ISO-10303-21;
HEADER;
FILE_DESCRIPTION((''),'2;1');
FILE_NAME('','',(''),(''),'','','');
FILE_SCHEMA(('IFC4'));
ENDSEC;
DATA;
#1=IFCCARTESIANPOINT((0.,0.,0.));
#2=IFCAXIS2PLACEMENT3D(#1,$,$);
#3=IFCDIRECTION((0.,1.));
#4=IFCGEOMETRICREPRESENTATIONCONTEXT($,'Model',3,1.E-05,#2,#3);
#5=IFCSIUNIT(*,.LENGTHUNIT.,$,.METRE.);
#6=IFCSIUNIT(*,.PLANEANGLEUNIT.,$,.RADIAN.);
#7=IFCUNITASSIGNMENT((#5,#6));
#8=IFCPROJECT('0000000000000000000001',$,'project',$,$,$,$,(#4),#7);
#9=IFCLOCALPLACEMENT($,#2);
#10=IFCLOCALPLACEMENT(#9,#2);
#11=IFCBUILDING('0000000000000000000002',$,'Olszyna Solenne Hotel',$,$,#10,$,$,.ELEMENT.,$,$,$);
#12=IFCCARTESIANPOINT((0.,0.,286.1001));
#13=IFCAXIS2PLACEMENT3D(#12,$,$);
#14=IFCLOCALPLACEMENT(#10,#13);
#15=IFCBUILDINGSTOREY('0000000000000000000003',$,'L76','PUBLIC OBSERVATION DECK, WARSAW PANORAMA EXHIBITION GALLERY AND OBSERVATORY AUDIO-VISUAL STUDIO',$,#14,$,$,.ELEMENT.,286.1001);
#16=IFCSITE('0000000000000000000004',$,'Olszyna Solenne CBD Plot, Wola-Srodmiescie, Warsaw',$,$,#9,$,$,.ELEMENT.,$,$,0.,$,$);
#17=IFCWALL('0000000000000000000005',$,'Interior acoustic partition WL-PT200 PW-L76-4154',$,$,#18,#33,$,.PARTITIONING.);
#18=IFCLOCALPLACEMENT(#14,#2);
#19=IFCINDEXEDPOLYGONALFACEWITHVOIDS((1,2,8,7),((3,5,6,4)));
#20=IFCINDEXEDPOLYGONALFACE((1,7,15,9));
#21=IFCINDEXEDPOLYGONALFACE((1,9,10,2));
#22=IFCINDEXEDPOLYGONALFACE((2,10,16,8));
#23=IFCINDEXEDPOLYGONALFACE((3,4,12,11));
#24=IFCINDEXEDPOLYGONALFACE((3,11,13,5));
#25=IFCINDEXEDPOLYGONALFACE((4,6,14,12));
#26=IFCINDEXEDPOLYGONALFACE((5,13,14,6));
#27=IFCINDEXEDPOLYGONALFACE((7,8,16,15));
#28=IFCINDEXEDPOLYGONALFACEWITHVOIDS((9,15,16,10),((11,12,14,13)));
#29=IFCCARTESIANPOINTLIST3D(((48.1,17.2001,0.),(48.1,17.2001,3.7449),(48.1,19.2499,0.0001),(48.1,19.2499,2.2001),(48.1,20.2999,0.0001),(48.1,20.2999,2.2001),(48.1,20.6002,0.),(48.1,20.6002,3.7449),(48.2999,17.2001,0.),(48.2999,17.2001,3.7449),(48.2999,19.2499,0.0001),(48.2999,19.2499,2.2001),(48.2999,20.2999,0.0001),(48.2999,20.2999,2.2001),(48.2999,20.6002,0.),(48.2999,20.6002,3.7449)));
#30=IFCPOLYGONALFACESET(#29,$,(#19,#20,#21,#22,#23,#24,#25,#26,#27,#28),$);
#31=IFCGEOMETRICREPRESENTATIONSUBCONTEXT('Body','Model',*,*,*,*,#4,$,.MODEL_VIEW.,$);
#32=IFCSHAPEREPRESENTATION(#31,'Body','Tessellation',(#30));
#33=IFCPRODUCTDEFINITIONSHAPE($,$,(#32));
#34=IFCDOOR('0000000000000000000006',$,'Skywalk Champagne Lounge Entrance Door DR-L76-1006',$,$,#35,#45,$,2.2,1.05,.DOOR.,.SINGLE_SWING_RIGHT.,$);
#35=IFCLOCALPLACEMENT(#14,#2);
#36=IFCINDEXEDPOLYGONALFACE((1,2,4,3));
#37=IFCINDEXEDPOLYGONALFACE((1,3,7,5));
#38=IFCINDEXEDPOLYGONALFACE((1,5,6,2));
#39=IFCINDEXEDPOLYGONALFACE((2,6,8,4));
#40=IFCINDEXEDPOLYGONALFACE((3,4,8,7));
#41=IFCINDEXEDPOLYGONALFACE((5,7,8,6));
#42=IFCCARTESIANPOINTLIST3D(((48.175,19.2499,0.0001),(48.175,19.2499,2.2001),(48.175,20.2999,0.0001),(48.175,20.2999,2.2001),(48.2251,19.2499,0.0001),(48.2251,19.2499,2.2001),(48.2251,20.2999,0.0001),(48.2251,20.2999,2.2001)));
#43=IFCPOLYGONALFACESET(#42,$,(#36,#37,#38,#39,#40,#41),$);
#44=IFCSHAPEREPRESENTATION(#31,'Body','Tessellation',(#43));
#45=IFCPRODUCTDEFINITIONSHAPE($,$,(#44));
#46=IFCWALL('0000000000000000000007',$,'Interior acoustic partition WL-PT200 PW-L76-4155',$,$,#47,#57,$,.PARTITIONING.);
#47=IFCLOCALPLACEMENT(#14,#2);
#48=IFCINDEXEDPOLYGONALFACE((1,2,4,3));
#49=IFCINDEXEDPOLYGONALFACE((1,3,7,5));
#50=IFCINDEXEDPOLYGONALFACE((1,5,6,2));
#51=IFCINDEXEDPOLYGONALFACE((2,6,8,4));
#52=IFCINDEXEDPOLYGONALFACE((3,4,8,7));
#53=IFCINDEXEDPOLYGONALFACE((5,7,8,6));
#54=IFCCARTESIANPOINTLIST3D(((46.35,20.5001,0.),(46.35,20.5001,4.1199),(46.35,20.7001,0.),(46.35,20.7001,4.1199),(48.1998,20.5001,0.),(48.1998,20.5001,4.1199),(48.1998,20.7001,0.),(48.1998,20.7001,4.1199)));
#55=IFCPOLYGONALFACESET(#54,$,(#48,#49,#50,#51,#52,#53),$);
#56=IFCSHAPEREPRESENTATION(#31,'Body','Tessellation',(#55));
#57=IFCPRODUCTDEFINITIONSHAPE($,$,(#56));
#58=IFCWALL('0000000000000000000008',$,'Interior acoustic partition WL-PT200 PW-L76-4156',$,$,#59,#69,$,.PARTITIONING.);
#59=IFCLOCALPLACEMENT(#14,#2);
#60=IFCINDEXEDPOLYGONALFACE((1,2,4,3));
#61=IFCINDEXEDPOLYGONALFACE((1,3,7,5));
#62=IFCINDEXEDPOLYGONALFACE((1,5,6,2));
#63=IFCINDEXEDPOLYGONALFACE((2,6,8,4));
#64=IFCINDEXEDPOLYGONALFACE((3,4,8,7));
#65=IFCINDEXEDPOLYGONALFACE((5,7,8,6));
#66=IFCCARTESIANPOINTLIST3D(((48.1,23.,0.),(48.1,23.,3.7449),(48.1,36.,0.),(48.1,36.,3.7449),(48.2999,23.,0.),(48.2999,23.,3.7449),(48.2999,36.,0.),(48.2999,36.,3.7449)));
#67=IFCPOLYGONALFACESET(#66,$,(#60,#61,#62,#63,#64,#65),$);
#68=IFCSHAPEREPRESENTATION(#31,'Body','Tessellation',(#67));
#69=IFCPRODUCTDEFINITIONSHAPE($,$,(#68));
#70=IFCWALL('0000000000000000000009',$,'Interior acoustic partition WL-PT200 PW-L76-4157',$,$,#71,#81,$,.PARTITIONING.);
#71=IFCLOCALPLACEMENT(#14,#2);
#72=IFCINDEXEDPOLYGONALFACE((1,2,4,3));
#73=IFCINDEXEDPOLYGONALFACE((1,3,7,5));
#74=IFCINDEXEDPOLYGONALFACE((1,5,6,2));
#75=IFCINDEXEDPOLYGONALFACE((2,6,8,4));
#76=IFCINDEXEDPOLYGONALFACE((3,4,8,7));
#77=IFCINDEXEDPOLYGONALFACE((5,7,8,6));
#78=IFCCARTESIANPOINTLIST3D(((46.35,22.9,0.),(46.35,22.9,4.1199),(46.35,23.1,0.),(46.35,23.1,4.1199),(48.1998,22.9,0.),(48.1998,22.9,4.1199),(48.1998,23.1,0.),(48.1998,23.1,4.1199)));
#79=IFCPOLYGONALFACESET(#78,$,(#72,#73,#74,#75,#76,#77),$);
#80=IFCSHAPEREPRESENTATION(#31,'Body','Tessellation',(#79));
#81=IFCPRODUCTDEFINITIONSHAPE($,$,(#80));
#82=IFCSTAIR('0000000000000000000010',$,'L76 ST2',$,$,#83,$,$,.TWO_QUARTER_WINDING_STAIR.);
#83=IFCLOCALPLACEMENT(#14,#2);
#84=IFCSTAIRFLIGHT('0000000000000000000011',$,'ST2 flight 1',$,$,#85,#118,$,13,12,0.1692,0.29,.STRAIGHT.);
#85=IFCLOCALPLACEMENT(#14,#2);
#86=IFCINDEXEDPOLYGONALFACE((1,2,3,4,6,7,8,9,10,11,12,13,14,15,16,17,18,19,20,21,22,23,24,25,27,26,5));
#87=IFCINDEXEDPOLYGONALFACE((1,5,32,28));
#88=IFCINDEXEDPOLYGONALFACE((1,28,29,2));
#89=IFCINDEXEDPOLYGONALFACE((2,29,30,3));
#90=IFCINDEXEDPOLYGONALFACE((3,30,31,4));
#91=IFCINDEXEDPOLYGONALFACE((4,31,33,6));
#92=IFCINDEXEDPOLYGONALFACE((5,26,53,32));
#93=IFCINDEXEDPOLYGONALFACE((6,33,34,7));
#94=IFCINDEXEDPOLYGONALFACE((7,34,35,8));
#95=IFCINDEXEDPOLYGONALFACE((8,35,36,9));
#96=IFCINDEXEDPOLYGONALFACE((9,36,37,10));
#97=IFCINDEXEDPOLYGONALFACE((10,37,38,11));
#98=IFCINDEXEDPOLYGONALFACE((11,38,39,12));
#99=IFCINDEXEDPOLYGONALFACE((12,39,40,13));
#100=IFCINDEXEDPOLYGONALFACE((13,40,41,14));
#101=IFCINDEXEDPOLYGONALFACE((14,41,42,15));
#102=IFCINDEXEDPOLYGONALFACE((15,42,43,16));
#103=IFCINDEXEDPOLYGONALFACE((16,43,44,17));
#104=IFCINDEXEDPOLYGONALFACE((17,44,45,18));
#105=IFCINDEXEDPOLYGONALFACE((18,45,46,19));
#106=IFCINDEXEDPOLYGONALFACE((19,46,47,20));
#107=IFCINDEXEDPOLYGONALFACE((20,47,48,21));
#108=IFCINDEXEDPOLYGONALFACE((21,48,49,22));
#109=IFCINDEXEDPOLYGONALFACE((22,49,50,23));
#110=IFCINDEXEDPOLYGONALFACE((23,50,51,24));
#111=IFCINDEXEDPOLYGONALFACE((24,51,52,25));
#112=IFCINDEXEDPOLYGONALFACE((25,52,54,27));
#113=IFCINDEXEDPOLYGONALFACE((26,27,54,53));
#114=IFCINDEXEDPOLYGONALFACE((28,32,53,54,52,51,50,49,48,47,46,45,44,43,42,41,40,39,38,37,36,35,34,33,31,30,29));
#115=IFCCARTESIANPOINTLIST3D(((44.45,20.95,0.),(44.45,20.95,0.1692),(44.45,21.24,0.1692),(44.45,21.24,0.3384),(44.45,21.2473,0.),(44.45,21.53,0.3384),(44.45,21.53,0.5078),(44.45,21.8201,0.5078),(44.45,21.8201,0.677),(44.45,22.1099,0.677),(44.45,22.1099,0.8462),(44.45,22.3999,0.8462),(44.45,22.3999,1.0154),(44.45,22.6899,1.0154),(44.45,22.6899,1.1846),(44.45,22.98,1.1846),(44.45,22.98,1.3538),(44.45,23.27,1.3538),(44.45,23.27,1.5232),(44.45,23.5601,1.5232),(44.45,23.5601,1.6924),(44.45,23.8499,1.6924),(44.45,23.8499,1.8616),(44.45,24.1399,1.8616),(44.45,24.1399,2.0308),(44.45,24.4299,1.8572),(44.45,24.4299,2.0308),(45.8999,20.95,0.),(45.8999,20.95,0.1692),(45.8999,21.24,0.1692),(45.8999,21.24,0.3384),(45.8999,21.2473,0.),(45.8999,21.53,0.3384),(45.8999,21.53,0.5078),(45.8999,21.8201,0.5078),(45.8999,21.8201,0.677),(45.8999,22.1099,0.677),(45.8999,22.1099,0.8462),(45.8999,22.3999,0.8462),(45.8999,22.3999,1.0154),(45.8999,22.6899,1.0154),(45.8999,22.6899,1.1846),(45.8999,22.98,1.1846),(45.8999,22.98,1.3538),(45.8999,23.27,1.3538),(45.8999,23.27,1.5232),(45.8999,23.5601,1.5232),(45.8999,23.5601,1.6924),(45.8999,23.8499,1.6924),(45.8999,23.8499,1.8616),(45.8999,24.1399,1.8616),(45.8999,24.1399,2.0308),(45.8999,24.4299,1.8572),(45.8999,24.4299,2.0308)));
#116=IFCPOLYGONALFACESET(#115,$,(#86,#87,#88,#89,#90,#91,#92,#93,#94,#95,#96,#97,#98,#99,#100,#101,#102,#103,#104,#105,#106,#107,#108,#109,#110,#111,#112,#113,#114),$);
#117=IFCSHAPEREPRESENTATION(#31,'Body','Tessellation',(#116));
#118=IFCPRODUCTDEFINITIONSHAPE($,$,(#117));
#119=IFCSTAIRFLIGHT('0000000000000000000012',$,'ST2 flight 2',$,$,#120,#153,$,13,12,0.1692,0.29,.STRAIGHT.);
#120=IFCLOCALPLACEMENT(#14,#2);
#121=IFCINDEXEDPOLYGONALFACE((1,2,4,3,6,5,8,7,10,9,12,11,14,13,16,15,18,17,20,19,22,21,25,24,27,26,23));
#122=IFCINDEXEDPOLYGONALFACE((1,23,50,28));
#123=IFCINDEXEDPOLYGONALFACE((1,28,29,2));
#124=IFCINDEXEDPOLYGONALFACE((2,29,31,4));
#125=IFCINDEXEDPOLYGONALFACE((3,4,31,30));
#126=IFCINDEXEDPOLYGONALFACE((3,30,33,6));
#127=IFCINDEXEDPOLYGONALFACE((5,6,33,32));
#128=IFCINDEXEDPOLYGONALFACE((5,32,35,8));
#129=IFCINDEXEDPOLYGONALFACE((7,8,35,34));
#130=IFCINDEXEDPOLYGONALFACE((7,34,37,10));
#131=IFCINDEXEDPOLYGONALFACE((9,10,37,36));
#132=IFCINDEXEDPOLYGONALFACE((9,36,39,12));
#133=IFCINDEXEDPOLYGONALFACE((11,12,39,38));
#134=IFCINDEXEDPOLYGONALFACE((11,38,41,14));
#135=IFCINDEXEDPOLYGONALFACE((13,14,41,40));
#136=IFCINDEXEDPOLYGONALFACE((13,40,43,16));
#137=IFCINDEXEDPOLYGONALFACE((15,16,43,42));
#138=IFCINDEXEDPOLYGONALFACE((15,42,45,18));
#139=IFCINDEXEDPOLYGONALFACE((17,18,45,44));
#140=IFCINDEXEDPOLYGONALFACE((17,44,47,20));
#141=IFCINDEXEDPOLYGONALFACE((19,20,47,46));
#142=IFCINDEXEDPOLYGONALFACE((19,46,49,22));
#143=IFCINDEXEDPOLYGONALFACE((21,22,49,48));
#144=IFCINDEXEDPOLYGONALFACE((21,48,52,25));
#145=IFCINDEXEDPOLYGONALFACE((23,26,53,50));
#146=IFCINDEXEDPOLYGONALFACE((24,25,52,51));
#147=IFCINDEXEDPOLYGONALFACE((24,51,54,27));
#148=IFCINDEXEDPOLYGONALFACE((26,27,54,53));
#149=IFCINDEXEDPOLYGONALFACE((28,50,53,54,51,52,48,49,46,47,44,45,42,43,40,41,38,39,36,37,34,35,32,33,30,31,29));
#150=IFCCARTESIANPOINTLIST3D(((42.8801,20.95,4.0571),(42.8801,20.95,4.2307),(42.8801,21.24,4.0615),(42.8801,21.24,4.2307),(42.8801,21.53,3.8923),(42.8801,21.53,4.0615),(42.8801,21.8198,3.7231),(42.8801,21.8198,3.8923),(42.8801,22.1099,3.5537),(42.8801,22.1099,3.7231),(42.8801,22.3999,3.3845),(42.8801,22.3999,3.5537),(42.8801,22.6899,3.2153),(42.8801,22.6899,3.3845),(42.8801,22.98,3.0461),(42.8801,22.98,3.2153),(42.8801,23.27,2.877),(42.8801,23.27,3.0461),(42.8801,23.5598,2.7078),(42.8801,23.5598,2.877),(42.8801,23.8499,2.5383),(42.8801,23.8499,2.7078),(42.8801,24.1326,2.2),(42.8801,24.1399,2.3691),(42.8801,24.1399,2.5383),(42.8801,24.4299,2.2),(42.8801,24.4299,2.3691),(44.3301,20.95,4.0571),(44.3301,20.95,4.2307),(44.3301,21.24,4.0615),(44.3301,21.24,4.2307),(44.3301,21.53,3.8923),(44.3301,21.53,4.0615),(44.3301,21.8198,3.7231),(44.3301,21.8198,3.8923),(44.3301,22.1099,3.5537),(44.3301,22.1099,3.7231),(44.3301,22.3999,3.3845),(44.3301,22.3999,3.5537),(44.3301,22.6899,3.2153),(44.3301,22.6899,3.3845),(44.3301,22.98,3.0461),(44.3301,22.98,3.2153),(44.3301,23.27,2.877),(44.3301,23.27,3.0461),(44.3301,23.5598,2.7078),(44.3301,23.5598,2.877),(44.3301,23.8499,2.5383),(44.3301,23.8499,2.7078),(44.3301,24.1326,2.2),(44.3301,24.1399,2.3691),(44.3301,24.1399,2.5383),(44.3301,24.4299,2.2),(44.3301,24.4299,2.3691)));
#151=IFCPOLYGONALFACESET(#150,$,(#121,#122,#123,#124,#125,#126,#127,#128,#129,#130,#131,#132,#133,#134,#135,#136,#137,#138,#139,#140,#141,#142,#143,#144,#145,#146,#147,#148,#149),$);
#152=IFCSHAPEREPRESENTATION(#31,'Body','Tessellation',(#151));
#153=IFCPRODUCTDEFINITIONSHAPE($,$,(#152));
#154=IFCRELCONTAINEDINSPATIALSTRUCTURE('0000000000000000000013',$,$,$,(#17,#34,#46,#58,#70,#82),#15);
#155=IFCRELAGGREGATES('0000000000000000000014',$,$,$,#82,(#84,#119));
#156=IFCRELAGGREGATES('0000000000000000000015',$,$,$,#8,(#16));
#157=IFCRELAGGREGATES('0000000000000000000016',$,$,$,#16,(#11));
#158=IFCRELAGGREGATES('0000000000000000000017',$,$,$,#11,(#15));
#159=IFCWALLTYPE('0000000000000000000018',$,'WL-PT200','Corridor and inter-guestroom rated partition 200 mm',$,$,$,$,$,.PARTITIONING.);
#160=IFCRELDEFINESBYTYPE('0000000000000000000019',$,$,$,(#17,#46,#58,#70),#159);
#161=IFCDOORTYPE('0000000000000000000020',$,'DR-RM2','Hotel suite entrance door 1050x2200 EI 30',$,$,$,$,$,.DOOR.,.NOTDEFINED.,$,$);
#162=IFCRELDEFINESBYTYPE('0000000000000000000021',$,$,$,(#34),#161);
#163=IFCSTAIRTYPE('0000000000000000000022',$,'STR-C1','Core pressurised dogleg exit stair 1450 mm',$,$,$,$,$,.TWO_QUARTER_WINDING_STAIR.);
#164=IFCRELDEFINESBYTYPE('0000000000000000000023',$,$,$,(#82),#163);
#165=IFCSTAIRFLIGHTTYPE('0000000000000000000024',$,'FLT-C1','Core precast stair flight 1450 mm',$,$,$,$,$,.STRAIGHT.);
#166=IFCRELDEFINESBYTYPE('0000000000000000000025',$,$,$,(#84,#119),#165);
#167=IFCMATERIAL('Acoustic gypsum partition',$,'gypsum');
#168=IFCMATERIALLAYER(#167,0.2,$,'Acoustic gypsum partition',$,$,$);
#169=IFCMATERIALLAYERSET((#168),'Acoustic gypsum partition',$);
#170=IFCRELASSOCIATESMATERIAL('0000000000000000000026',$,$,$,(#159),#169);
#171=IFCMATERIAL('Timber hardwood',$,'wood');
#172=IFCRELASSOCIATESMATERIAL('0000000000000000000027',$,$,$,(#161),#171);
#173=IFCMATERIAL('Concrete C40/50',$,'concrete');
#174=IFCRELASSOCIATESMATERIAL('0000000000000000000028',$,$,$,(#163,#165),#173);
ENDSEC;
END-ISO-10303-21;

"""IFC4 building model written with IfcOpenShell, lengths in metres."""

from ifc_helpers import new_model, si_unit, direction, frame, frame_2d, origin, place, context, subcontext, project, spatial, polyline, rectangle, outline, extrude, source, transform, mapped, material, layer, layer_set, type_object, type_shapes, element, fill, aggregate, save


model = new_model("IFC4")

# Units and contexts
model_context = context("Model", 3, precision=1e-05, world=origin(), true_north=direction((0.0, 1.0)))
body_context = subcontext(model_context, "Body", "Model", "MODEL_VIEW")
ifc_project = project(units=[si_unit("LENGTHUNIT", "METRE"), si_unit("PLANEANGLEUNIT", "RADIAN")], contexts=[model_context])

# Site, building, storey
site_placement = place(None, origin())
site = spatial("IfcSite", under=ifc_project, at=site_placement, Name="Olszyna Solenne CBD Plot, Wola-Srodmiescie, Warsaw", CompositionType="ELEMENT", RefElevation=0.0)
building_placement = place(site_placement, origin())
building = spatial("IfcBuilding", under=site, at=building_placement, Name="Olszyna Solenne Hotel", CompositionType="ELEMENT")
storey_placement = place(building_placement, frame((0.0, 0.0, 286.1001)))
storey = spatial("IfcBuildingStorey", under=building, at=storey_placement, Name="L76", Description="PUBLIC OBSERVATION DECK, WARSAW PANORAMA EXHIBITION GALLERY AND OBSERVATORY AUDIO-VISUAL STUDIO", CompositionType="ELEMENT", Elevation=286.1001)

# Shared definitions
ifc_material_1 = material(Name="Acoustic gypsum partition", Category="gypsum")

# Shared definitions
ifc_layer_1 = layer(ifc_material_1, 0.2, Name="Acoustic gypsum partition")
ifc_layer_set_1 = layer_set([ifc_layer_1], Name="Acoustic gypsum partition")
wall_type_1 = type_object("IfcWallType", Name="WL-PT200", Description="Corridor and inter-guestroom rated partition 200 mm", PredefinedType="PARTITIONING", material=ifc_layer_set_1)

# Wall, opening, door
wall_1_placement = place(storey_placement, frame((48.2, 17.2, 0.0), z_axis=(0.0, 0.0, 1.0), x_axis=(0.0, 1.0, 0.0)))
wall_1 = element("IfcWall", 1, at=wall_1_placement, inside=storey, type_object=wall_type_1, Name="Interior acoustic partition WL-PT200 PW-L76-4154", PredefinedType="PARTITIONING", context=body_context, shape_type="SweptSolid", body=[
    extrude(rectangle(XDim=3.4001, YDim=0.2, at=frame_2d((1.7002, 0.0))), origin(), (0.0, 0.0, 1.0), 3.7449),
])
opening_1_placement = place(wall_1_placement, frame((2.05, 0.0, 0.0)))
opening_1 = element("IfcOpeningElement", 2, at=opening_1_placement, cuts=wall_1, PredefinedType="OPENING", context=body_context, shape_type="SweptSolid", body=[
    extrude(rectangle(XDim=1.05, YDim=2.2, at=frame_2d((0.5249, 1.1001))), frame((0.0, 0.1099, 0.0), z_axis=(0.0, -1.0, 0.0), x_axis=(1.0, 0.0, 0.0)), (0.0, 0.0, 1.0), 0.22),
])
ifc_material_2 = material(Name="Timber hardwood", Category="wood")
door_type_1 = type_object("IfcDoorType", Name="DR-RM2", Description="Hotel suite entrance door 1050x2200 EI 30", OperationType="NOTDEFINED", PredefinedType="DOOR", material=ifc_material_2)
shared_shape_1 = source(origin(), body_context, "Body", "SweptSolid", [
    extrude(rectangle(XDim=1.05, YDim=2.2, at=frame_2d((0.5249, 1.1001))), frame((0.0, 0.0249, 0.0), z_axis=(0.0, -1.0, 0.0), x_axis=(1.0, 0.0, 0.0)), (0.0, 0.0, 1.0), 0.05),
])
type_shapes(door_type_1, [shared_shape_1])
door_1_placement = place(opening_1_placement, origin())
door_1 = element("IfcDoor", 3, at=door_1_placement, inside=storey, type_object=door_type_1, Name="Skywalk Champagne Lounge Entrance Door DR-L76-1006", OperationType="SINGLE_SWING_RIGHT", OverallHeight=2.2, OverallWidth=1.05, PredefinedType="DOOR", context=body_context, shape_type="MappedRepresentation", body=[
    mapped(shared_shape_1, transform((0.0, 0.0, 0.0), x_axis=(1.0, 0.0, 0.0), y_axis=(0.0, 1.0, 0.0), z_axis=(0.0, 0.0, 1.0), scale=1.0)),
])
fill(opening_1, door_1)

# Walls
wall_2_placement = place(storey_placement, frame((46.3501, 20.6001, 0.0), z_axis=(0.0, 0.0, 1.0), x_axis=(1.0, 0.0, 0.0)))
element("IfcWall", 4, at=wall_2_placement, inside=storey, type_object=wall_type_1, Name="Interior acoustic partition WL-PT200 PW-L76-4155", PredefinedType="PARTITIONING", context=body_context, shape_type="SweptSolid", body=[
    extrude(rectangle(XDim=1.8499, YDim=0.2, at=frame_2d((0.9248, 0.0))), origin(), (0.0, 0.0, 1.0), 4.1199),
])
wall_3_placement = place(storey_placement, frame((48.2, 23.0, 0.0), z_axis=(0.0, 0.0, 1.0), x_axis=(0.0, 1.0, 0.0)))
element("IfcWall", 5, at=wall_3_placement, inside=storey, type_object=wall_type_1, Name="Interior acoustic partition WL-PT200 PW-L76-4156", PredefinedType="PARTITIONING", context=body_context, shape_type="SweptSolid", body=[
    extrude(rectangle(XDim=13.0, YDim=0.2, at=frame_2d((6.5, 0.0))), origin(), (0.0, 0.0, 1.0), 3.7449),
])
wall_4_placement = place(storey_placement, frame((46.3501, 23.0, 0.0), z_axis=(0.0, 0.0, 1.0), x_axis=(1.0, 0.0, 0.0)))
element("IfcWall", 6, at=wall_4_placement, inside=storey, type_object=wall_type_1, Name="Interior acoustic partition WL-PT200 PW-L76-4157", PredefinedType="PARTITIONING", context=body_context, shape_type="SweptSolid", body=[
    extrude(rectangle(XDim=1.8499, YDim=0.2, at=frame_2d((0.9248, 0.0))), origin(), (0.0, 0.0, 1.0), 4.1199),
])

# Stair, stair flights
ifc_material_3 = material(Name="Concrete C40/50", Category="concrete")
stair_type = type_object("IfcStairType", Name="STR-C1", Description="Core pressurised dogleg exit stair 1450 mm", PredefinedType="TWO_QUARTER_WINDING_STAIR", material=ifc_material_3)
stair_placement = place(storey_placement, origin())
stair = element("IfcStair", 7, at=stair_placement, inside=storey, type_object=stair_type, Name="L76 ST2", PredefinedType="TWO_QUARTER_WINDING_STAIR")
stair_flight_type = type_object("IfcStairFlightType", Name="FLT-C1", Description="Core precast stair flight 1450 mm", PredefinedType="STRAIGHT", material=ifc_material_3)
stair_flight_1_placement = place(storey_placement, frame((45.175, 20.95, 0.0), z_axis=(0.0, 0.0, 1.0), x_axis=(0.0, 1.0, 0.0)))
stair_flight_1 = element("IfcStairFlight", 8, at=stair_flight_1_placement, type_object=stair_flight_type, Name="ST2 flight 1", NumberOfRisers=13, NumberOfTreads=12, PredefinedType="STRAIGHT", RiserHeight=0.1692, TreadLength=0.29, context=body_context, shape_type="SweptSolid", body=[
    extrude(outline(polyline([(0.0, 0.0), (0.0, 0.1692), (0.29, 0.1692), (0.29, 0.3384), (0.5801, 0.3384), (0.5801, 0.5078), (0.8701, 0.5078), (0.8701, 0.677), (1.1599, 0.677), (1.1599, 0.8462), (1.45, 0.8462), (1.45, 1.0154), (1.74, 1.0154), (1.74, 1.1846), (2.03, 1.1846), (2.03, 1.3538), (2.3201, 1.3538), (2.3201, 1.5232), (2.6101, 1.5232), (2.6101, 1.6924), (2.8999, 1.6924), (2.8999, 1.8616), (3.1899, 1.8616), (3.1899, 2.0308), (3.48, 2.0308), (3.48, 2.2), (3.48, 1.8572), (0.2974, 0.0), (0.0, 0.0)])), frame((0.0, 0.7251, 0.0), z_axis=(0.0, -1.0, 0.0), x_axis=(1.0, 0.0, 0.0)), (0.0, 0.0, 1.0), 1.45),
])
stair_flight_2_placement = place(storey_placement, frame((43.605, 24.4299, 2.2), z_axis=(0.0, 0.0, 1.0), x_axis=(0.0, -1.0, 0.0)))
stair_flight_2 = element("IfcStairFlight", 9, at=stair_flight_2_placement, type_object=stair_flight_type, Name="ST2 flight 2", NumberOfRisers=13, NumberOfTreads=12, PredefinedType="STRAIGHT", RiserHeight=0.1692, TreadLength=0.29, context=body_context, shape_type="SweptSolid", body=[
    extrude(outline(polyline([(0.0, 0.0), (0.0, 0.1692), (0.29, 0.1692), (0.29, 0.3384), (0.5801, 0.3384), (0.5801, 0.5078), (0.8701, 0.5078), (0.8701, 0.677), (1.1599, 0.677), (1.1599, 0.8462), (1.45, 0.8462), (1.45, 1.0154), (1.74, 1.0154), (1.74, 1.1846), (2.03, 1.1846), (2.03, 1.3538), (2.3201, 1.3538), (2.3201, 1.5232), (2.6101, 1.5232), (2.6101, 1.6924), (2.8999, 1.6924), (2.8999, 1.8616), (3.1899, 1.8616), (3.1899, 2.0308), (3.48, 2.0308), (3.48, 2.2), (3.48, 1.8572), (0.2974, 0.0), (0.0, 0.0)])), frame((0.0, 0.7251, 0.0), z_axis=(0.0, -1.0, 0.0), x_axis=(1.0, 0.0, 0.0)), (0.0, 0.0, 1.0), 1.45),
])
aggregate(stair, [stair_flight_1, stair_flight_2])

save(model, "model.ifc")
